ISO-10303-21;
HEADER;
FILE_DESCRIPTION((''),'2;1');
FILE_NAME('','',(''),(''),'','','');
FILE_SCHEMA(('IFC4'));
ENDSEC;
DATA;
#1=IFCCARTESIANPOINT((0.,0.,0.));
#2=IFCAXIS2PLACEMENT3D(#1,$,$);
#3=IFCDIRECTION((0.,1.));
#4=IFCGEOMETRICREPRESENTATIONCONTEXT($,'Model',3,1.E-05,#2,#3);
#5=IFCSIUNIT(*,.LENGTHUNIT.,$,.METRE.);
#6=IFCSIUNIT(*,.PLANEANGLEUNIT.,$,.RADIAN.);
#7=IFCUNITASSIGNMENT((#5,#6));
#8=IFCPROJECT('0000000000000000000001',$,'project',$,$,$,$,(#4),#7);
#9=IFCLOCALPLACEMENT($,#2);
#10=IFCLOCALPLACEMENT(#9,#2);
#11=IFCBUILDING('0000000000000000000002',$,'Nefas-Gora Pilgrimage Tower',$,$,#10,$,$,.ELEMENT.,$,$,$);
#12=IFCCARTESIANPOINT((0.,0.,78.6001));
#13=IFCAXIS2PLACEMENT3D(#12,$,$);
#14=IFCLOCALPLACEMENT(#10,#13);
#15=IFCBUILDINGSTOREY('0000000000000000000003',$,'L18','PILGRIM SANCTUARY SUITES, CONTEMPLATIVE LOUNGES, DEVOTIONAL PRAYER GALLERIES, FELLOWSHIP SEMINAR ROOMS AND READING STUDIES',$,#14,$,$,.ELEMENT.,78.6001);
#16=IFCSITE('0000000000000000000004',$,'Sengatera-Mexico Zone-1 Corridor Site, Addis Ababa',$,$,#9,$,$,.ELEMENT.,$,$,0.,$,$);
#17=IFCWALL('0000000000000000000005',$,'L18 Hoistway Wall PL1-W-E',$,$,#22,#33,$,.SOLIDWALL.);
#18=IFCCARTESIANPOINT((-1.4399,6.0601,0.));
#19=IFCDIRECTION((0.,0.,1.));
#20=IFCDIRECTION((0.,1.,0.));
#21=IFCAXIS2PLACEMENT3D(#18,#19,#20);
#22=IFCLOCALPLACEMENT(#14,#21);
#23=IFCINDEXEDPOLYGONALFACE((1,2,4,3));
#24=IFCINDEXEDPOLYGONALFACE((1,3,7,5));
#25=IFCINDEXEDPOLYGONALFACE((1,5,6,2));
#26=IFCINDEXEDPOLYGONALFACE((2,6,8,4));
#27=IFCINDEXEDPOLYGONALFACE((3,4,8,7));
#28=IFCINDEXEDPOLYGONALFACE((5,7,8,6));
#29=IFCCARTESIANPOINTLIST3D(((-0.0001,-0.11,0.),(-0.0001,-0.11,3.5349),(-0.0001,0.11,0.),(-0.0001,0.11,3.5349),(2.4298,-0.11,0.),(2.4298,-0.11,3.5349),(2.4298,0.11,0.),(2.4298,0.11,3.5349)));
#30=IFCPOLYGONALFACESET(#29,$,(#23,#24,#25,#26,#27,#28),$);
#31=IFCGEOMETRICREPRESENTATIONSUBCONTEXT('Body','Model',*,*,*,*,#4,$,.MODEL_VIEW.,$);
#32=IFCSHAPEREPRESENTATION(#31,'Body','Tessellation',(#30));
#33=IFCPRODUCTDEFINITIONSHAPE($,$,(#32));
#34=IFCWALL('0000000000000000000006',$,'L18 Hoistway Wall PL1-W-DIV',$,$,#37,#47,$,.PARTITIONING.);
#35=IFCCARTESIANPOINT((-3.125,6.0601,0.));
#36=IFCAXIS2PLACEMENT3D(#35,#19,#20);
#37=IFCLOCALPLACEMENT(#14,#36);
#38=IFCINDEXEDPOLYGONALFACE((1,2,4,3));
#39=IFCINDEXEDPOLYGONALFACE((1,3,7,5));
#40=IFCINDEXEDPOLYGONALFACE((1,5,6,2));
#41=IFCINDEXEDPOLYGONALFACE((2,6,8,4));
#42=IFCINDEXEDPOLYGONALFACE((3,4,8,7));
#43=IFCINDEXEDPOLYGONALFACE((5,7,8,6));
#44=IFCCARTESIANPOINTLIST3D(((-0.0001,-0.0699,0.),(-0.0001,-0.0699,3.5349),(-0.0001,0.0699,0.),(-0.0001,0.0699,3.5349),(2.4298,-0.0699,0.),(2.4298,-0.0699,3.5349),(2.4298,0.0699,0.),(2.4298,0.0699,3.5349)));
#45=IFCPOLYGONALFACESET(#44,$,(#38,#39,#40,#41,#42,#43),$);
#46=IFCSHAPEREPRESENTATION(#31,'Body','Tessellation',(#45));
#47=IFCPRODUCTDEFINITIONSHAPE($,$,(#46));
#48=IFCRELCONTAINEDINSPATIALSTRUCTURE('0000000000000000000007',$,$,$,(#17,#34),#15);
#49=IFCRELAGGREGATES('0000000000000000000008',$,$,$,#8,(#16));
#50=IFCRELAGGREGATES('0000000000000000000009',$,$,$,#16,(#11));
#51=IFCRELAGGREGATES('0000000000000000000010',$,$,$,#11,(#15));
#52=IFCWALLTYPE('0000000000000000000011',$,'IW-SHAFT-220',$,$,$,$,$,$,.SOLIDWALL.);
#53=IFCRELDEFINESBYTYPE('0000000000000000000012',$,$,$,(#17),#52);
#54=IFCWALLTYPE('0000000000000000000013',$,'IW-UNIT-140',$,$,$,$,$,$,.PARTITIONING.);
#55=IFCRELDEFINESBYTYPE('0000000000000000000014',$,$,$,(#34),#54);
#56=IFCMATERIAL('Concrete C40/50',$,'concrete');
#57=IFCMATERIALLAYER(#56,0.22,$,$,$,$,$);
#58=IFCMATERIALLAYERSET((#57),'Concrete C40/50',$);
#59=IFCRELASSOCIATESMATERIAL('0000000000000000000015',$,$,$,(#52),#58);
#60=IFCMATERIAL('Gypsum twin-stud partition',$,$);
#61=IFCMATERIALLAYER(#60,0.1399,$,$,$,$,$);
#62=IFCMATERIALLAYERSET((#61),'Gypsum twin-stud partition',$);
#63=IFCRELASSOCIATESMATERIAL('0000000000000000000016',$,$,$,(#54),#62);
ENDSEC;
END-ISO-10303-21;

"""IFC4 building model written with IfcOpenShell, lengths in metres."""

from ifc_helpers import new_model, si_unit, direction, frame, frame_2d, origin, place, context, subcontext, project, spatial, rectangle, extrude, source, transform, mapped, material, layer, layer_set, type_object, element, save


model = new_model("IFC4")

# Units and contexts
model_context = context("Model", 3, precision=1e-05, world=origin(), true_north=direction((0.0, 1.0)))
body_context = subcontext(model_context, "Body", "Model", "MODEL_VIEW")
ifc_project = project(units=[si_unit("LENGTHUNIT", "METRE"), si_unit("PLANEANGLEUNIT", "RADIAN")], contexts=[model_context])

# Site, building, storey
site_placement = place(None, origin())
site = spatial("IfcSite", under=ifc_project, at=site_placement, Name="Sengatera-Mexico Zone-1 Corridor Site, Addis Ababa", CompositionType="ELEMENT", RefElevation=0.0)
building_placement = place(site_placement, origin())
building = spatial("IfcBuilding", under=site, at=building_placement, Name="Nefas-Gora Pilgrimage Tower", CompositionType="ELEMENT")
storey_placement = place(building_placement, frame((0.0, 0.0, 78.6001)))
storey = spatial("IfcBuildingStorey", under=building, at=storey_placement, Name="L18", Description="PILGRIM SANCTUARY SUITES, CONTEMPLATIVE LOUNGES, DEVOTIONAL PRAYER GALLERIES, FELLOWSHIP SEMINAR ROOMS AND READING STUDIES", CompositionType="ELEMENT", Elevation=78.6001)

# Shared definitions
ifc_material_1 = material(Name="Concrete C40/50", Category="concrete")

# Shared definitions
ifc_layer_1 = layer(ifc_material_1, 0.22)
ifc_layer_set_1 = layer_set([ifc_layer_1], Name="Concrete C40/50")
wall_type_1 = type_object("IfcWallType", Name="IW-SHAFT-220", PredefinedType="SOLIDWALL", material=ifc_layer_set_1)

# Walls
shared_shape_1 = source(origin(), body_context, "Body", "SweptSolid", [
    extrude(rectangle(XDim=2.4299, YDim=0.22, at=frame_2d((1.2148, 0.0))), origin(), (0.0, 0.0, 1.0), 3.5349),
])
for number, where, z_axis, x_axis, name in (
    (1, (-1.4399, 6.0601, 0.0), (0.0, 0.0, 1.0), (0.0, 1.0, 0.0), "L18 Hoistway Wall PL1-W-E"),
):
    element("IfcWall", number, at=place(storey_placement, frame(where, z_axis=z_axis, x_axis=x_axis)), inside=storey, type_object=wall_type_1, Name=name, PredefinedType="SOLIDWALL", context=body_context, shape_type="MappedRepresentation", body=[
        mapped(shared_shape_1, transform((0.0, 0.0, 0.0), x_axis=(1.0, 0.0, 0.0), y_axis=(0.0, 1.0, 0.0), z_axis=(0.0, 0.0, 1.0), scale=1.0)),
    ])
ifc_material_2 = material(Name="Gypsum twin-stud partition")
ifc_layer_2 = layer(ifc_material_2, 0.1399)
ifc_layer_set_2 = layer_set([ifc_layer_2], Name="Gypsum twin-stud partition")
wall_type_2 = type_object("IfcWallType", Name="IW-UNIT-140", PredefinedType="PARTITIONING", material=ifc_layer_set_2)
shared_shape_2 = source(origin(), body_context, "Body", "SweptSolid", [
    extrude(rectangle(XDim=2.4299, YDim=0.1399, at=frame_2d((1.2148, 0.0))), origin(), (0.0, 0.0, 1.0), 3.5349),
])
wall_1_placement = place(storey_placement, frame((-3.125, 6.0601, 0.0), z_axis=(0.0, 0.0, 1.0), x_axis=(0.0, 1.0, 0.0)))
element("IfcWall", 2, at=wall_1_placement, inside=storey, type_object=wall_type_2, Name="L18 Hoistway Wall PL1-W-DIV", PredefinedType="PARTITIONING", context=body_context, shape_type="MappedRepresentation", body=[
    mapped(shared_shape_2, transform((0.0, 0.0, 0.0), x_axis=(1.0, 0.0, 0.0), y_axis=(0.0, 1.0, 0.0), z_axis=(0.0, 0.0, 1.0), scale=1.0)),
])

save(model, "model.ifc")
